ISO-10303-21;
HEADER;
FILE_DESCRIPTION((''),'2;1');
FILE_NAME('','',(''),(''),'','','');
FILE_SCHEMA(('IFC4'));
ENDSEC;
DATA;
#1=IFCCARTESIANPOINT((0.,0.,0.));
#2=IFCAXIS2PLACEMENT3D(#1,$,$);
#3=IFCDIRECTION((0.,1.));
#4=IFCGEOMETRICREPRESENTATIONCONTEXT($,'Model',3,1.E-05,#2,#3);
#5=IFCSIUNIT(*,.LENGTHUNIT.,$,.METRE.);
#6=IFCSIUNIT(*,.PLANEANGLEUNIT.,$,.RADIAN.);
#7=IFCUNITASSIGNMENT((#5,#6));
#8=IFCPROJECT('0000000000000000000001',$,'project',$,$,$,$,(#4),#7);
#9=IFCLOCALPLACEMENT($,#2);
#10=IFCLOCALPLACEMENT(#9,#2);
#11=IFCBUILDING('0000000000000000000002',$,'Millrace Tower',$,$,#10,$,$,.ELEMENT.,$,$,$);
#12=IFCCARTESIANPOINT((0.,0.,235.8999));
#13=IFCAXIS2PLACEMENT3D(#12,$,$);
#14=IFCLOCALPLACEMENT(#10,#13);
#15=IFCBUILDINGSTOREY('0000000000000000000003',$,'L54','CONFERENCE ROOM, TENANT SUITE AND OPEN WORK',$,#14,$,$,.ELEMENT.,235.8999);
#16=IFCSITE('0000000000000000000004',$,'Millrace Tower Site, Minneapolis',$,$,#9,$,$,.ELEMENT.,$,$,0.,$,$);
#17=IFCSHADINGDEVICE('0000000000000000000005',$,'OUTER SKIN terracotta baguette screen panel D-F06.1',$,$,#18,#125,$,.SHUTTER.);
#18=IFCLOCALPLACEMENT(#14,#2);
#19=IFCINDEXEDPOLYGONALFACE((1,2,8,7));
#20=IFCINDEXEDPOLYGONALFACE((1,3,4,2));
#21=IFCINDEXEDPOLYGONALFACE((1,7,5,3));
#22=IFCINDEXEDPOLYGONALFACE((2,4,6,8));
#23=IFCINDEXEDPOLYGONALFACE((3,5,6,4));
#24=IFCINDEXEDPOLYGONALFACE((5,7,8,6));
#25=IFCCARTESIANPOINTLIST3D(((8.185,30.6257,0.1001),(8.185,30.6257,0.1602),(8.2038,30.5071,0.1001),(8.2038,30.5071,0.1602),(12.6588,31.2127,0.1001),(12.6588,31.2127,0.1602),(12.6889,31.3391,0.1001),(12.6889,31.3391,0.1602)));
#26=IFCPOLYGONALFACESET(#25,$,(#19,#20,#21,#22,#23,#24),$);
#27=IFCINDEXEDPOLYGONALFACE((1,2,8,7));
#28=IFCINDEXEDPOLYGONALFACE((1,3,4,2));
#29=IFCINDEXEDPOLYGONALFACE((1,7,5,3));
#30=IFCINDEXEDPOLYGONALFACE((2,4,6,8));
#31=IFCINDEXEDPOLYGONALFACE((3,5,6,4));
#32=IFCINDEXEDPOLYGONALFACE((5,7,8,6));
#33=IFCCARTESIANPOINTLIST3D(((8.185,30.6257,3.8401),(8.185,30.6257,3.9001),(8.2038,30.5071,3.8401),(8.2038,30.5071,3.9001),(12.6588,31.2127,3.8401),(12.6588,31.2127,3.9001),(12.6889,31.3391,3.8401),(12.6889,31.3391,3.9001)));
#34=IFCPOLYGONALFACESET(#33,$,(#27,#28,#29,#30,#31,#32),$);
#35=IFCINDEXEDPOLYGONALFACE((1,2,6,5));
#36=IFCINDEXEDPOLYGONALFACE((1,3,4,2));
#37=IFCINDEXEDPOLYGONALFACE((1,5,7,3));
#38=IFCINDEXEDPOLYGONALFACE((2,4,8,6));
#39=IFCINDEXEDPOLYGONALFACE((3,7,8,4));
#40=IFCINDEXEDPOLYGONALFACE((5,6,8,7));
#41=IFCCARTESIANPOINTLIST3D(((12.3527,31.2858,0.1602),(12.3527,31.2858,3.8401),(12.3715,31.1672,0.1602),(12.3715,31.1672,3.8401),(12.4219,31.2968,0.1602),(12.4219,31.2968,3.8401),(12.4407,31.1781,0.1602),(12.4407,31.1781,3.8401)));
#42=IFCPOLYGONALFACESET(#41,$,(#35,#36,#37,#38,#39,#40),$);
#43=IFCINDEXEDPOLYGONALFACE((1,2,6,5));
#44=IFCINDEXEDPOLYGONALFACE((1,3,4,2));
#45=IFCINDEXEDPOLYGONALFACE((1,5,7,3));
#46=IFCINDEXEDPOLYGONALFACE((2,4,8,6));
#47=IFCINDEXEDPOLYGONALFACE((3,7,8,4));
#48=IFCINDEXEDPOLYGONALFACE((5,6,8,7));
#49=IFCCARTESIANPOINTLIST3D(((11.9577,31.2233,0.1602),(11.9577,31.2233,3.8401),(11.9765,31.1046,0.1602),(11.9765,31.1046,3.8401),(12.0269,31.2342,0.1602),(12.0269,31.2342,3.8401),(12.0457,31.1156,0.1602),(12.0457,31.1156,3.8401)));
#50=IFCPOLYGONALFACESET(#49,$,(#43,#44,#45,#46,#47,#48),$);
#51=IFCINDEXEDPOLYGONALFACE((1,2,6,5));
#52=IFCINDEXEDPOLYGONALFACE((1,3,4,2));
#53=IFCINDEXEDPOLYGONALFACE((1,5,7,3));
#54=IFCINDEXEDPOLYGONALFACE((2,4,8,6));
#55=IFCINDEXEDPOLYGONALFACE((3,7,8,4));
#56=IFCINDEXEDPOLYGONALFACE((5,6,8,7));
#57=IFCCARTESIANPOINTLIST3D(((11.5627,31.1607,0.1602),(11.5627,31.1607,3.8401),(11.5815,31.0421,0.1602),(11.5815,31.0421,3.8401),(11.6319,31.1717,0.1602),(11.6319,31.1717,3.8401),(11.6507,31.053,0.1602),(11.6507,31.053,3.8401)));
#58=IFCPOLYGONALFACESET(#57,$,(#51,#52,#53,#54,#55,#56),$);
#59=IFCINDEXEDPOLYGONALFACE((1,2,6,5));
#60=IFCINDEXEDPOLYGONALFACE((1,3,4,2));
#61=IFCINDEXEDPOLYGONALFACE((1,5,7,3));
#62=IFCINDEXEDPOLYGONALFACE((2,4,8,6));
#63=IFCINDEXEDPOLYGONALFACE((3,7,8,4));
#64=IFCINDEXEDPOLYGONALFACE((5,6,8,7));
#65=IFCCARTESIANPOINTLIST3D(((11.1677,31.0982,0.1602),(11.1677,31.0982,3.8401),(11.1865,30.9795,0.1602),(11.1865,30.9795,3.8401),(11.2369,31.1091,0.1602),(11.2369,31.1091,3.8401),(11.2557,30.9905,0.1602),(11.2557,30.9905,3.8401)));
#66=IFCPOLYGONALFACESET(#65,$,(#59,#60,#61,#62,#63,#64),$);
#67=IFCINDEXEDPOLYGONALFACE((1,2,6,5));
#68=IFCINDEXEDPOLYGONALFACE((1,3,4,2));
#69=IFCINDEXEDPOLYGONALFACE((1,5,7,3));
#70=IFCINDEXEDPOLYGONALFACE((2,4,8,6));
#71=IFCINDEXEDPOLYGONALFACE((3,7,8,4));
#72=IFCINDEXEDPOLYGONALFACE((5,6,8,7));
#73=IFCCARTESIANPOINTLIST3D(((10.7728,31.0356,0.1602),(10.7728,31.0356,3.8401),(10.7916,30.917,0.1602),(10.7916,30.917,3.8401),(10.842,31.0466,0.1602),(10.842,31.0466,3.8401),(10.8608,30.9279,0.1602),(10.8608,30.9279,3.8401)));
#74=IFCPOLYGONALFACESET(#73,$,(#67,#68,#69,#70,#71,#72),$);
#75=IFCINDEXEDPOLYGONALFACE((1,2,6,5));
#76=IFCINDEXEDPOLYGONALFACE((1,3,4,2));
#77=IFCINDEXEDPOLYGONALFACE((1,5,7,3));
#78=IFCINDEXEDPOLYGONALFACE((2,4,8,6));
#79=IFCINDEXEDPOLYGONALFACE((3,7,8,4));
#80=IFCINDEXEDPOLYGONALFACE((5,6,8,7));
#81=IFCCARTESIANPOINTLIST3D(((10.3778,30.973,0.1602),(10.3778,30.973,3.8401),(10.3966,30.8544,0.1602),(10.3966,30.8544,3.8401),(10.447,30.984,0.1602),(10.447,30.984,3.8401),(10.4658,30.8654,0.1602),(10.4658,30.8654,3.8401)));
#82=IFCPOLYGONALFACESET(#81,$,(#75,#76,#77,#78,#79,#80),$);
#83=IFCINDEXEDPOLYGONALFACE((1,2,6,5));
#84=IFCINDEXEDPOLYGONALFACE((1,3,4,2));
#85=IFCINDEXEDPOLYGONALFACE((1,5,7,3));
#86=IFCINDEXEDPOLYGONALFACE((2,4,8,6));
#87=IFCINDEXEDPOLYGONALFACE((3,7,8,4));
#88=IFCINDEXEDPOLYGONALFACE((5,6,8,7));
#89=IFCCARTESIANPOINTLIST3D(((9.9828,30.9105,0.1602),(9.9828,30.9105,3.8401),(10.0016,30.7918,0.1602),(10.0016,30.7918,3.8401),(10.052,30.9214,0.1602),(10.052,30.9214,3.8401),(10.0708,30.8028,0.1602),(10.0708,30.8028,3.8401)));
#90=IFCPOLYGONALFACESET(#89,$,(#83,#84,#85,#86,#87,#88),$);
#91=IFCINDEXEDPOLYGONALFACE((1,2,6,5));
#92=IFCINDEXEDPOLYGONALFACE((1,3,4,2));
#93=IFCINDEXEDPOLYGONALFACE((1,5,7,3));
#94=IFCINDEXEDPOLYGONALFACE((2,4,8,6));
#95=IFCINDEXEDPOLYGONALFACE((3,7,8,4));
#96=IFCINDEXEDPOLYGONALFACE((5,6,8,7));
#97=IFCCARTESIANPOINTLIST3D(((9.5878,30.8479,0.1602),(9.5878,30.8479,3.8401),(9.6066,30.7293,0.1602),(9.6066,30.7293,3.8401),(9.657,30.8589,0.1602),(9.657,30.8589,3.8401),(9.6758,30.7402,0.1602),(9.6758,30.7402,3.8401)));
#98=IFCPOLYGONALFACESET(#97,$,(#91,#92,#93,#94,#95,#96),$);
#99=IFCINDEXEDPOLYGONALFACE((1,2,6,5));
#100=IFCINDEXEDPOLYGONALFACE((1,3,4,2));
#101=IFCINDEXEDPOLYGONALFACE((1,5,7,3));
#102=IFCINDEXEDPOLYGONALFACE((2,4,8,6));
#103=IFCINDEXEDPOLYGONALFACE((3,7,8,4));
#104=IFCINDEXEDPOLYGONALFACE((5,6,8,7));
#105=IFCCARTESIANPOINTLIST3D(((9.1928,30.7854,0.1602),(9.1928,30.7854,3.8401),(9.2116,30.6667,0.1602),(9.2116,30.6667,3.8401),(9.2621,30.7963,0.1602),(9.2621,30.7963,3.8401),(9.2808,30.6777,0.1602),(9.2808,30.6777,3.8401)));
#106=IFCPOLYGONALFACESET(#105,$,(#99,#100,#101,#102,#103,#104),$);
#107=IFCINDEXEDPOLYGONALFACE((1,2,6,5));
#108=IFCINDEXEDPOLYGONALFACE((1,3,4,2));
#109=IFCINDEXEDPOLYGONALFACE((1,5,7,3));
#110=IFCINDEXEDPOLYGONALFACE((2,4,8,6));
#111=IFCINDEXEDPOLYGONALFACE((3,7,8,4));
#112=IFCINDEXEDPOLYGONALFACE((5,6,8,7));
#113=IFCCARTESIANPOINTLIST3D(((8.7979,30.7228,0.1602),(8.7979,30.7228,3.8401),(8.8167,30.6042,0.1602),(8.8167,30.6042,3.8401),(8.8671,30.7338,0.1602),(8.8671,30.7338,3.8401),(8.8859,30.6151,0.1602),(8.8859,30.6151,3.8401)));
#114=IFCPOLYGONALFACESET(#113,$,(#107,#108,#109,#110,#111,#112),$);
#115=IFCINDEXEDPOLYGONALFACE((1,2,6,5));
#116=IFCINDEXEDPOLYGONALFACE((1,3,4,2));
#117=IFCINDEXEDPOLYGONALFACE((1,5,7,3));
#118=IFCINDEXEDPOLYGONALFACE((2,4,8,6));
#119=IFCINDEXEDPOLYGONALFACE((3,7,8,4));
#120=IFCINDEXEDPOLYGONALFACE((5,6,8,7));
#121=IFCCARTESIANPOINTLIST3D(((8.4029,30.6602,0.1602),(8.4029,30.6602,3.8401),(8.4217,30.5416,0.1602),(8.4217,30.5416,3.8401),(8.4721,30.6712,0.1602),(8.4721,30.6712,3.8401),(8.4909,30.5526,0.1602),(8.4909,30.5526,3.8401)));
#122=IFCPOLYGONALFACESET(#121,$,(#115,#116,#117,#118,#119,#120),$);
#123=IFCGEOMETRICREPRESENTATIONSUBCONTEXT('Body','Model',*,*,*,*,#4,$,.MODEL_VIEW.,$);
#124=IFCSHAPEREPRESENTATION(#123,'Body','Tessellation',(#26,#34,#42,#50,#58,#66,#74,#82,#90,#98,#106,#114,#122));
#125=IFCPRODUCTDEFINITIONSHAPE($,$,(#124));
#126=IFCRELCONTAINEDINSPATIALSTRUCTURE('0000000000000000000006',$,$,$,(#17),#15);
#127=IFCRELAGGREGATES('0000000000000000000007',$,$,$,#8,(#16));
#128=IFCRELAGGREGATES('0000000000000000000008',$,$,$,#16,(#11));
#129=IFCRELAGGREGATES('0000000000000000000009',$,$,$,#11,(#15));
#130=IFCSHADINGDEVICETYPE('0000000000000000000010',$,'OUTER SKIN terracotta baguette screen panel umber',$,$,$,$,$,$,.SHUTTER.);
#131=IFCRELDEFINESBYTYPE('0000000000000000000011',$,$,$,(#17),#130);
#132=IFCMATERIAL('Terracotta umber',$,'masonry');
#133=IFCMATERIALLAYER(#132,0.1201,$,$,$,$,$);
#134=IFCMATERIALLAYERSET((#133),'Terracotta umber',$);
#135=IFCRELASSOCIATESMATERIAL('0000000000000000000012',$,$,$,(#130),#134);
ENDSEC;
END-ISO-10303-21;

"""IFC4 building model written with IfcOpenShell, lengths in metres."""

from ifc_helpers import new_model, entity, si_unit, direction, frame, frame_2d, origin, place, context, subcontext, project, spatial, rectangle, extrude, source, transform, mapped, material, layer, layer_set, type_object, element, save


model = new_model("IFC4")

# Units and contexts
model_context = context("Model", 3, precision=1e-05, world=origin(), true_north=direction((0.0, 1.0)))
body_context = subcontext(model_context, "Body", "Model", "MODEL_VIEW")
ifc_project = project(units=[si_unit("LENGTHUNIT", "METRE"), si_unit("PLANEANGLEUNIT", "RADIAN")], contexts=[model_context])

# Site, building, storey
site_placement = place(None, origin())
site = spatial("IfcSite", under=ifc_project, at=site_placement, Name="Millrace Tower Site, Minneapolis", CompositionType="ELEMENT", RefElevation=0.0)
building_placement = place(site_placement, origin())
building = spatial("IfcBuilding", under=site, at=building_placement, Name="Millrace Tower", CompositionType="ELEMENT")
storey_placement = place(building_placement, frame((0.0, 0.0, 235.8999)))
storey = spatial("IfcBuildingStorey", under=building, at=storey_placement, Name="L54", Description="CONFERENCE ROOM, TENANT SUITE AND OPEN WORK", CompositionType="ELEMENT", Elevation=235.8999)

# Shading device
ifc_material_1 = material(Name="Terracotta umber", Category="masonry")
ifc_layer_1 = layer(ifc_material_1, 0.1201)
ifc_layer_set_1 = layer_set([ifc_layer_1], Name="Terracotta umber")
shading_device_type = type_object("IfcShadingDeviceType", Name="OUTER SKIN terracotta baguette screen panel umber", PredefinedType="SHUTTER", material=ifc_layer_set_1)
cartesian_point_1 = entity("IfcCartesianPoint", [-2.2429, 0.0601])
shared_polyline_1 = entity("IfcPolyline", [cartesian_point_1, entity("IfcCartesianPoint", [2.2676, 0.0601]), entity("IfcCartesianPoint", [2.2676, -0.0601]), entity("IfcCartesianPoint", [-2.2925, -0.0601]), cartesian_point_1])
shared_shape_1 = source(origin(), body_context, "Body", "SweptSolid", [
    entity("IfcExtrudedAreaSolid", entity("IfcArbitraryClosedProfileDef", "AREA", None, shared_polyline_1), entity("IfcAxis2Placement3D", entity("IfcCartesianPoint", [0.0, 0.0, 0.0])), entity("IfcDirection", [0.0, 0.0, 1.0]), 0.0601),
    entity("IfcExtrudedAreaSolid", entity("IfcArbitraryClosedProfileDef", "AREA", None, shared_polyline_1), entity("IfcAxis2Placement3D", entity("IfcCartesianPoint", [0.0, 0.0, 3.74])), entity("IfcDirection", [0.0, 0.0, 1.0]), 0.0601),
    extrude(rectangle(XDim=0.0701, YDim=0.1201, at=frame_2d((-1.9871, 0.0))), frame((0.0, 0.0, 0.0601)), (0.0, 0.0, 1.0), 3.6799),
    extrude(rectangle(XDim=0.0701, YDim=0.1201, at=frame_2d((-1.5872, 0.0))), frame((0.0, 0.0, 0.0601)), (0.0, 0.0, 1.0), 3.6799),
    extrude(rectangle(XDim=0.0701, YDim=0.1201, at=frame_2d((-1.1873, 0.0))), frame((0.0, 0.0, 0.0601)), (0.0, 0.0, 1.0), 3.6799),
    extrude(rectangle(XDim=0.0701, YDim=0.1201, at=frame_2d((-0.7874, 0.0))), frame((0.0, 0.0, 0.0601)), (0.0, 0.0, 1.0), 3.6799),
    extrude(rectangle(XDim=0.0701, YDim=0.1201, at=frame_2d((-0.3875, 0.0))), frame((0.0, 0.0, 0.0601)), (0.0, 0.0, 1.0), 3.6799),
    extrude(rectangle(XDim=0.0701, YDim=0.1201, at=frame_2d((0.0125, 0.0))), frame((0.0, 0.0, 0.0601)), (0.0, 0.0, 1.0), 3.6799),
    extrude(rectangle(XDim=0.0701, YDim=0.1201, at=frame_2d((0.4124, 0.0))), frame((0.0, 0.0, 0.0601)), (0.0, 0.0, 1.0), 3.6799),
    extrude(rectangle(XDim=0.0701, YDim=0.1201, at=frame_2d((0.8123, 0.0))), frame((0.0, 0.0, 0.0601)), (0.0, 0.0, 1.0), 3.6799),
    extrude(rectangle(XDim=0.0701, YDim=0.1201, at=frame_2d((1.2122, 0.0))), frame((0.0, 0.0, 0.0601)), (0.0, 0.0, 1.0), 3.6799),
    extrude(rectangle(XDim=0.0701, YDim=0.1201, at=frame_2d((1.6121, 0.0))), frame((0.0, 0.0, 0.0601)), (0.0, 0.0, 1.0), 3.6799),
    extrude(rectangle(XDim=0.0701, YDim=0.1201, at=frame_2d((2.012, 0.0))), frame((0.0, 0.0, 0.0601)), (0.0, 0.0, 1.0), 3.6799),
])
shading_device_1_placement = place(storey_placement, frame((10.4341, 30.9211, 0.1001), z_axis=(0.0, 0.0, 1.0), x_axis=(-0.987688, -0.156434, 0.0)))
element("IfcShadingDevice", 1, at=shading_device_1_placement, inside=storey, type_object=shading_device_type, Name="OUTER SKIN terracotta baguette screen panel D-F06.1", PredefinedType="SHUTTER", context=body_context, shape_type="MappedRepresentation", body=[
    mapped(shared_shape_1, transform((0.0, 0.0, 0.0), scale=1.0)),
])

save(model, "model.ifc")
